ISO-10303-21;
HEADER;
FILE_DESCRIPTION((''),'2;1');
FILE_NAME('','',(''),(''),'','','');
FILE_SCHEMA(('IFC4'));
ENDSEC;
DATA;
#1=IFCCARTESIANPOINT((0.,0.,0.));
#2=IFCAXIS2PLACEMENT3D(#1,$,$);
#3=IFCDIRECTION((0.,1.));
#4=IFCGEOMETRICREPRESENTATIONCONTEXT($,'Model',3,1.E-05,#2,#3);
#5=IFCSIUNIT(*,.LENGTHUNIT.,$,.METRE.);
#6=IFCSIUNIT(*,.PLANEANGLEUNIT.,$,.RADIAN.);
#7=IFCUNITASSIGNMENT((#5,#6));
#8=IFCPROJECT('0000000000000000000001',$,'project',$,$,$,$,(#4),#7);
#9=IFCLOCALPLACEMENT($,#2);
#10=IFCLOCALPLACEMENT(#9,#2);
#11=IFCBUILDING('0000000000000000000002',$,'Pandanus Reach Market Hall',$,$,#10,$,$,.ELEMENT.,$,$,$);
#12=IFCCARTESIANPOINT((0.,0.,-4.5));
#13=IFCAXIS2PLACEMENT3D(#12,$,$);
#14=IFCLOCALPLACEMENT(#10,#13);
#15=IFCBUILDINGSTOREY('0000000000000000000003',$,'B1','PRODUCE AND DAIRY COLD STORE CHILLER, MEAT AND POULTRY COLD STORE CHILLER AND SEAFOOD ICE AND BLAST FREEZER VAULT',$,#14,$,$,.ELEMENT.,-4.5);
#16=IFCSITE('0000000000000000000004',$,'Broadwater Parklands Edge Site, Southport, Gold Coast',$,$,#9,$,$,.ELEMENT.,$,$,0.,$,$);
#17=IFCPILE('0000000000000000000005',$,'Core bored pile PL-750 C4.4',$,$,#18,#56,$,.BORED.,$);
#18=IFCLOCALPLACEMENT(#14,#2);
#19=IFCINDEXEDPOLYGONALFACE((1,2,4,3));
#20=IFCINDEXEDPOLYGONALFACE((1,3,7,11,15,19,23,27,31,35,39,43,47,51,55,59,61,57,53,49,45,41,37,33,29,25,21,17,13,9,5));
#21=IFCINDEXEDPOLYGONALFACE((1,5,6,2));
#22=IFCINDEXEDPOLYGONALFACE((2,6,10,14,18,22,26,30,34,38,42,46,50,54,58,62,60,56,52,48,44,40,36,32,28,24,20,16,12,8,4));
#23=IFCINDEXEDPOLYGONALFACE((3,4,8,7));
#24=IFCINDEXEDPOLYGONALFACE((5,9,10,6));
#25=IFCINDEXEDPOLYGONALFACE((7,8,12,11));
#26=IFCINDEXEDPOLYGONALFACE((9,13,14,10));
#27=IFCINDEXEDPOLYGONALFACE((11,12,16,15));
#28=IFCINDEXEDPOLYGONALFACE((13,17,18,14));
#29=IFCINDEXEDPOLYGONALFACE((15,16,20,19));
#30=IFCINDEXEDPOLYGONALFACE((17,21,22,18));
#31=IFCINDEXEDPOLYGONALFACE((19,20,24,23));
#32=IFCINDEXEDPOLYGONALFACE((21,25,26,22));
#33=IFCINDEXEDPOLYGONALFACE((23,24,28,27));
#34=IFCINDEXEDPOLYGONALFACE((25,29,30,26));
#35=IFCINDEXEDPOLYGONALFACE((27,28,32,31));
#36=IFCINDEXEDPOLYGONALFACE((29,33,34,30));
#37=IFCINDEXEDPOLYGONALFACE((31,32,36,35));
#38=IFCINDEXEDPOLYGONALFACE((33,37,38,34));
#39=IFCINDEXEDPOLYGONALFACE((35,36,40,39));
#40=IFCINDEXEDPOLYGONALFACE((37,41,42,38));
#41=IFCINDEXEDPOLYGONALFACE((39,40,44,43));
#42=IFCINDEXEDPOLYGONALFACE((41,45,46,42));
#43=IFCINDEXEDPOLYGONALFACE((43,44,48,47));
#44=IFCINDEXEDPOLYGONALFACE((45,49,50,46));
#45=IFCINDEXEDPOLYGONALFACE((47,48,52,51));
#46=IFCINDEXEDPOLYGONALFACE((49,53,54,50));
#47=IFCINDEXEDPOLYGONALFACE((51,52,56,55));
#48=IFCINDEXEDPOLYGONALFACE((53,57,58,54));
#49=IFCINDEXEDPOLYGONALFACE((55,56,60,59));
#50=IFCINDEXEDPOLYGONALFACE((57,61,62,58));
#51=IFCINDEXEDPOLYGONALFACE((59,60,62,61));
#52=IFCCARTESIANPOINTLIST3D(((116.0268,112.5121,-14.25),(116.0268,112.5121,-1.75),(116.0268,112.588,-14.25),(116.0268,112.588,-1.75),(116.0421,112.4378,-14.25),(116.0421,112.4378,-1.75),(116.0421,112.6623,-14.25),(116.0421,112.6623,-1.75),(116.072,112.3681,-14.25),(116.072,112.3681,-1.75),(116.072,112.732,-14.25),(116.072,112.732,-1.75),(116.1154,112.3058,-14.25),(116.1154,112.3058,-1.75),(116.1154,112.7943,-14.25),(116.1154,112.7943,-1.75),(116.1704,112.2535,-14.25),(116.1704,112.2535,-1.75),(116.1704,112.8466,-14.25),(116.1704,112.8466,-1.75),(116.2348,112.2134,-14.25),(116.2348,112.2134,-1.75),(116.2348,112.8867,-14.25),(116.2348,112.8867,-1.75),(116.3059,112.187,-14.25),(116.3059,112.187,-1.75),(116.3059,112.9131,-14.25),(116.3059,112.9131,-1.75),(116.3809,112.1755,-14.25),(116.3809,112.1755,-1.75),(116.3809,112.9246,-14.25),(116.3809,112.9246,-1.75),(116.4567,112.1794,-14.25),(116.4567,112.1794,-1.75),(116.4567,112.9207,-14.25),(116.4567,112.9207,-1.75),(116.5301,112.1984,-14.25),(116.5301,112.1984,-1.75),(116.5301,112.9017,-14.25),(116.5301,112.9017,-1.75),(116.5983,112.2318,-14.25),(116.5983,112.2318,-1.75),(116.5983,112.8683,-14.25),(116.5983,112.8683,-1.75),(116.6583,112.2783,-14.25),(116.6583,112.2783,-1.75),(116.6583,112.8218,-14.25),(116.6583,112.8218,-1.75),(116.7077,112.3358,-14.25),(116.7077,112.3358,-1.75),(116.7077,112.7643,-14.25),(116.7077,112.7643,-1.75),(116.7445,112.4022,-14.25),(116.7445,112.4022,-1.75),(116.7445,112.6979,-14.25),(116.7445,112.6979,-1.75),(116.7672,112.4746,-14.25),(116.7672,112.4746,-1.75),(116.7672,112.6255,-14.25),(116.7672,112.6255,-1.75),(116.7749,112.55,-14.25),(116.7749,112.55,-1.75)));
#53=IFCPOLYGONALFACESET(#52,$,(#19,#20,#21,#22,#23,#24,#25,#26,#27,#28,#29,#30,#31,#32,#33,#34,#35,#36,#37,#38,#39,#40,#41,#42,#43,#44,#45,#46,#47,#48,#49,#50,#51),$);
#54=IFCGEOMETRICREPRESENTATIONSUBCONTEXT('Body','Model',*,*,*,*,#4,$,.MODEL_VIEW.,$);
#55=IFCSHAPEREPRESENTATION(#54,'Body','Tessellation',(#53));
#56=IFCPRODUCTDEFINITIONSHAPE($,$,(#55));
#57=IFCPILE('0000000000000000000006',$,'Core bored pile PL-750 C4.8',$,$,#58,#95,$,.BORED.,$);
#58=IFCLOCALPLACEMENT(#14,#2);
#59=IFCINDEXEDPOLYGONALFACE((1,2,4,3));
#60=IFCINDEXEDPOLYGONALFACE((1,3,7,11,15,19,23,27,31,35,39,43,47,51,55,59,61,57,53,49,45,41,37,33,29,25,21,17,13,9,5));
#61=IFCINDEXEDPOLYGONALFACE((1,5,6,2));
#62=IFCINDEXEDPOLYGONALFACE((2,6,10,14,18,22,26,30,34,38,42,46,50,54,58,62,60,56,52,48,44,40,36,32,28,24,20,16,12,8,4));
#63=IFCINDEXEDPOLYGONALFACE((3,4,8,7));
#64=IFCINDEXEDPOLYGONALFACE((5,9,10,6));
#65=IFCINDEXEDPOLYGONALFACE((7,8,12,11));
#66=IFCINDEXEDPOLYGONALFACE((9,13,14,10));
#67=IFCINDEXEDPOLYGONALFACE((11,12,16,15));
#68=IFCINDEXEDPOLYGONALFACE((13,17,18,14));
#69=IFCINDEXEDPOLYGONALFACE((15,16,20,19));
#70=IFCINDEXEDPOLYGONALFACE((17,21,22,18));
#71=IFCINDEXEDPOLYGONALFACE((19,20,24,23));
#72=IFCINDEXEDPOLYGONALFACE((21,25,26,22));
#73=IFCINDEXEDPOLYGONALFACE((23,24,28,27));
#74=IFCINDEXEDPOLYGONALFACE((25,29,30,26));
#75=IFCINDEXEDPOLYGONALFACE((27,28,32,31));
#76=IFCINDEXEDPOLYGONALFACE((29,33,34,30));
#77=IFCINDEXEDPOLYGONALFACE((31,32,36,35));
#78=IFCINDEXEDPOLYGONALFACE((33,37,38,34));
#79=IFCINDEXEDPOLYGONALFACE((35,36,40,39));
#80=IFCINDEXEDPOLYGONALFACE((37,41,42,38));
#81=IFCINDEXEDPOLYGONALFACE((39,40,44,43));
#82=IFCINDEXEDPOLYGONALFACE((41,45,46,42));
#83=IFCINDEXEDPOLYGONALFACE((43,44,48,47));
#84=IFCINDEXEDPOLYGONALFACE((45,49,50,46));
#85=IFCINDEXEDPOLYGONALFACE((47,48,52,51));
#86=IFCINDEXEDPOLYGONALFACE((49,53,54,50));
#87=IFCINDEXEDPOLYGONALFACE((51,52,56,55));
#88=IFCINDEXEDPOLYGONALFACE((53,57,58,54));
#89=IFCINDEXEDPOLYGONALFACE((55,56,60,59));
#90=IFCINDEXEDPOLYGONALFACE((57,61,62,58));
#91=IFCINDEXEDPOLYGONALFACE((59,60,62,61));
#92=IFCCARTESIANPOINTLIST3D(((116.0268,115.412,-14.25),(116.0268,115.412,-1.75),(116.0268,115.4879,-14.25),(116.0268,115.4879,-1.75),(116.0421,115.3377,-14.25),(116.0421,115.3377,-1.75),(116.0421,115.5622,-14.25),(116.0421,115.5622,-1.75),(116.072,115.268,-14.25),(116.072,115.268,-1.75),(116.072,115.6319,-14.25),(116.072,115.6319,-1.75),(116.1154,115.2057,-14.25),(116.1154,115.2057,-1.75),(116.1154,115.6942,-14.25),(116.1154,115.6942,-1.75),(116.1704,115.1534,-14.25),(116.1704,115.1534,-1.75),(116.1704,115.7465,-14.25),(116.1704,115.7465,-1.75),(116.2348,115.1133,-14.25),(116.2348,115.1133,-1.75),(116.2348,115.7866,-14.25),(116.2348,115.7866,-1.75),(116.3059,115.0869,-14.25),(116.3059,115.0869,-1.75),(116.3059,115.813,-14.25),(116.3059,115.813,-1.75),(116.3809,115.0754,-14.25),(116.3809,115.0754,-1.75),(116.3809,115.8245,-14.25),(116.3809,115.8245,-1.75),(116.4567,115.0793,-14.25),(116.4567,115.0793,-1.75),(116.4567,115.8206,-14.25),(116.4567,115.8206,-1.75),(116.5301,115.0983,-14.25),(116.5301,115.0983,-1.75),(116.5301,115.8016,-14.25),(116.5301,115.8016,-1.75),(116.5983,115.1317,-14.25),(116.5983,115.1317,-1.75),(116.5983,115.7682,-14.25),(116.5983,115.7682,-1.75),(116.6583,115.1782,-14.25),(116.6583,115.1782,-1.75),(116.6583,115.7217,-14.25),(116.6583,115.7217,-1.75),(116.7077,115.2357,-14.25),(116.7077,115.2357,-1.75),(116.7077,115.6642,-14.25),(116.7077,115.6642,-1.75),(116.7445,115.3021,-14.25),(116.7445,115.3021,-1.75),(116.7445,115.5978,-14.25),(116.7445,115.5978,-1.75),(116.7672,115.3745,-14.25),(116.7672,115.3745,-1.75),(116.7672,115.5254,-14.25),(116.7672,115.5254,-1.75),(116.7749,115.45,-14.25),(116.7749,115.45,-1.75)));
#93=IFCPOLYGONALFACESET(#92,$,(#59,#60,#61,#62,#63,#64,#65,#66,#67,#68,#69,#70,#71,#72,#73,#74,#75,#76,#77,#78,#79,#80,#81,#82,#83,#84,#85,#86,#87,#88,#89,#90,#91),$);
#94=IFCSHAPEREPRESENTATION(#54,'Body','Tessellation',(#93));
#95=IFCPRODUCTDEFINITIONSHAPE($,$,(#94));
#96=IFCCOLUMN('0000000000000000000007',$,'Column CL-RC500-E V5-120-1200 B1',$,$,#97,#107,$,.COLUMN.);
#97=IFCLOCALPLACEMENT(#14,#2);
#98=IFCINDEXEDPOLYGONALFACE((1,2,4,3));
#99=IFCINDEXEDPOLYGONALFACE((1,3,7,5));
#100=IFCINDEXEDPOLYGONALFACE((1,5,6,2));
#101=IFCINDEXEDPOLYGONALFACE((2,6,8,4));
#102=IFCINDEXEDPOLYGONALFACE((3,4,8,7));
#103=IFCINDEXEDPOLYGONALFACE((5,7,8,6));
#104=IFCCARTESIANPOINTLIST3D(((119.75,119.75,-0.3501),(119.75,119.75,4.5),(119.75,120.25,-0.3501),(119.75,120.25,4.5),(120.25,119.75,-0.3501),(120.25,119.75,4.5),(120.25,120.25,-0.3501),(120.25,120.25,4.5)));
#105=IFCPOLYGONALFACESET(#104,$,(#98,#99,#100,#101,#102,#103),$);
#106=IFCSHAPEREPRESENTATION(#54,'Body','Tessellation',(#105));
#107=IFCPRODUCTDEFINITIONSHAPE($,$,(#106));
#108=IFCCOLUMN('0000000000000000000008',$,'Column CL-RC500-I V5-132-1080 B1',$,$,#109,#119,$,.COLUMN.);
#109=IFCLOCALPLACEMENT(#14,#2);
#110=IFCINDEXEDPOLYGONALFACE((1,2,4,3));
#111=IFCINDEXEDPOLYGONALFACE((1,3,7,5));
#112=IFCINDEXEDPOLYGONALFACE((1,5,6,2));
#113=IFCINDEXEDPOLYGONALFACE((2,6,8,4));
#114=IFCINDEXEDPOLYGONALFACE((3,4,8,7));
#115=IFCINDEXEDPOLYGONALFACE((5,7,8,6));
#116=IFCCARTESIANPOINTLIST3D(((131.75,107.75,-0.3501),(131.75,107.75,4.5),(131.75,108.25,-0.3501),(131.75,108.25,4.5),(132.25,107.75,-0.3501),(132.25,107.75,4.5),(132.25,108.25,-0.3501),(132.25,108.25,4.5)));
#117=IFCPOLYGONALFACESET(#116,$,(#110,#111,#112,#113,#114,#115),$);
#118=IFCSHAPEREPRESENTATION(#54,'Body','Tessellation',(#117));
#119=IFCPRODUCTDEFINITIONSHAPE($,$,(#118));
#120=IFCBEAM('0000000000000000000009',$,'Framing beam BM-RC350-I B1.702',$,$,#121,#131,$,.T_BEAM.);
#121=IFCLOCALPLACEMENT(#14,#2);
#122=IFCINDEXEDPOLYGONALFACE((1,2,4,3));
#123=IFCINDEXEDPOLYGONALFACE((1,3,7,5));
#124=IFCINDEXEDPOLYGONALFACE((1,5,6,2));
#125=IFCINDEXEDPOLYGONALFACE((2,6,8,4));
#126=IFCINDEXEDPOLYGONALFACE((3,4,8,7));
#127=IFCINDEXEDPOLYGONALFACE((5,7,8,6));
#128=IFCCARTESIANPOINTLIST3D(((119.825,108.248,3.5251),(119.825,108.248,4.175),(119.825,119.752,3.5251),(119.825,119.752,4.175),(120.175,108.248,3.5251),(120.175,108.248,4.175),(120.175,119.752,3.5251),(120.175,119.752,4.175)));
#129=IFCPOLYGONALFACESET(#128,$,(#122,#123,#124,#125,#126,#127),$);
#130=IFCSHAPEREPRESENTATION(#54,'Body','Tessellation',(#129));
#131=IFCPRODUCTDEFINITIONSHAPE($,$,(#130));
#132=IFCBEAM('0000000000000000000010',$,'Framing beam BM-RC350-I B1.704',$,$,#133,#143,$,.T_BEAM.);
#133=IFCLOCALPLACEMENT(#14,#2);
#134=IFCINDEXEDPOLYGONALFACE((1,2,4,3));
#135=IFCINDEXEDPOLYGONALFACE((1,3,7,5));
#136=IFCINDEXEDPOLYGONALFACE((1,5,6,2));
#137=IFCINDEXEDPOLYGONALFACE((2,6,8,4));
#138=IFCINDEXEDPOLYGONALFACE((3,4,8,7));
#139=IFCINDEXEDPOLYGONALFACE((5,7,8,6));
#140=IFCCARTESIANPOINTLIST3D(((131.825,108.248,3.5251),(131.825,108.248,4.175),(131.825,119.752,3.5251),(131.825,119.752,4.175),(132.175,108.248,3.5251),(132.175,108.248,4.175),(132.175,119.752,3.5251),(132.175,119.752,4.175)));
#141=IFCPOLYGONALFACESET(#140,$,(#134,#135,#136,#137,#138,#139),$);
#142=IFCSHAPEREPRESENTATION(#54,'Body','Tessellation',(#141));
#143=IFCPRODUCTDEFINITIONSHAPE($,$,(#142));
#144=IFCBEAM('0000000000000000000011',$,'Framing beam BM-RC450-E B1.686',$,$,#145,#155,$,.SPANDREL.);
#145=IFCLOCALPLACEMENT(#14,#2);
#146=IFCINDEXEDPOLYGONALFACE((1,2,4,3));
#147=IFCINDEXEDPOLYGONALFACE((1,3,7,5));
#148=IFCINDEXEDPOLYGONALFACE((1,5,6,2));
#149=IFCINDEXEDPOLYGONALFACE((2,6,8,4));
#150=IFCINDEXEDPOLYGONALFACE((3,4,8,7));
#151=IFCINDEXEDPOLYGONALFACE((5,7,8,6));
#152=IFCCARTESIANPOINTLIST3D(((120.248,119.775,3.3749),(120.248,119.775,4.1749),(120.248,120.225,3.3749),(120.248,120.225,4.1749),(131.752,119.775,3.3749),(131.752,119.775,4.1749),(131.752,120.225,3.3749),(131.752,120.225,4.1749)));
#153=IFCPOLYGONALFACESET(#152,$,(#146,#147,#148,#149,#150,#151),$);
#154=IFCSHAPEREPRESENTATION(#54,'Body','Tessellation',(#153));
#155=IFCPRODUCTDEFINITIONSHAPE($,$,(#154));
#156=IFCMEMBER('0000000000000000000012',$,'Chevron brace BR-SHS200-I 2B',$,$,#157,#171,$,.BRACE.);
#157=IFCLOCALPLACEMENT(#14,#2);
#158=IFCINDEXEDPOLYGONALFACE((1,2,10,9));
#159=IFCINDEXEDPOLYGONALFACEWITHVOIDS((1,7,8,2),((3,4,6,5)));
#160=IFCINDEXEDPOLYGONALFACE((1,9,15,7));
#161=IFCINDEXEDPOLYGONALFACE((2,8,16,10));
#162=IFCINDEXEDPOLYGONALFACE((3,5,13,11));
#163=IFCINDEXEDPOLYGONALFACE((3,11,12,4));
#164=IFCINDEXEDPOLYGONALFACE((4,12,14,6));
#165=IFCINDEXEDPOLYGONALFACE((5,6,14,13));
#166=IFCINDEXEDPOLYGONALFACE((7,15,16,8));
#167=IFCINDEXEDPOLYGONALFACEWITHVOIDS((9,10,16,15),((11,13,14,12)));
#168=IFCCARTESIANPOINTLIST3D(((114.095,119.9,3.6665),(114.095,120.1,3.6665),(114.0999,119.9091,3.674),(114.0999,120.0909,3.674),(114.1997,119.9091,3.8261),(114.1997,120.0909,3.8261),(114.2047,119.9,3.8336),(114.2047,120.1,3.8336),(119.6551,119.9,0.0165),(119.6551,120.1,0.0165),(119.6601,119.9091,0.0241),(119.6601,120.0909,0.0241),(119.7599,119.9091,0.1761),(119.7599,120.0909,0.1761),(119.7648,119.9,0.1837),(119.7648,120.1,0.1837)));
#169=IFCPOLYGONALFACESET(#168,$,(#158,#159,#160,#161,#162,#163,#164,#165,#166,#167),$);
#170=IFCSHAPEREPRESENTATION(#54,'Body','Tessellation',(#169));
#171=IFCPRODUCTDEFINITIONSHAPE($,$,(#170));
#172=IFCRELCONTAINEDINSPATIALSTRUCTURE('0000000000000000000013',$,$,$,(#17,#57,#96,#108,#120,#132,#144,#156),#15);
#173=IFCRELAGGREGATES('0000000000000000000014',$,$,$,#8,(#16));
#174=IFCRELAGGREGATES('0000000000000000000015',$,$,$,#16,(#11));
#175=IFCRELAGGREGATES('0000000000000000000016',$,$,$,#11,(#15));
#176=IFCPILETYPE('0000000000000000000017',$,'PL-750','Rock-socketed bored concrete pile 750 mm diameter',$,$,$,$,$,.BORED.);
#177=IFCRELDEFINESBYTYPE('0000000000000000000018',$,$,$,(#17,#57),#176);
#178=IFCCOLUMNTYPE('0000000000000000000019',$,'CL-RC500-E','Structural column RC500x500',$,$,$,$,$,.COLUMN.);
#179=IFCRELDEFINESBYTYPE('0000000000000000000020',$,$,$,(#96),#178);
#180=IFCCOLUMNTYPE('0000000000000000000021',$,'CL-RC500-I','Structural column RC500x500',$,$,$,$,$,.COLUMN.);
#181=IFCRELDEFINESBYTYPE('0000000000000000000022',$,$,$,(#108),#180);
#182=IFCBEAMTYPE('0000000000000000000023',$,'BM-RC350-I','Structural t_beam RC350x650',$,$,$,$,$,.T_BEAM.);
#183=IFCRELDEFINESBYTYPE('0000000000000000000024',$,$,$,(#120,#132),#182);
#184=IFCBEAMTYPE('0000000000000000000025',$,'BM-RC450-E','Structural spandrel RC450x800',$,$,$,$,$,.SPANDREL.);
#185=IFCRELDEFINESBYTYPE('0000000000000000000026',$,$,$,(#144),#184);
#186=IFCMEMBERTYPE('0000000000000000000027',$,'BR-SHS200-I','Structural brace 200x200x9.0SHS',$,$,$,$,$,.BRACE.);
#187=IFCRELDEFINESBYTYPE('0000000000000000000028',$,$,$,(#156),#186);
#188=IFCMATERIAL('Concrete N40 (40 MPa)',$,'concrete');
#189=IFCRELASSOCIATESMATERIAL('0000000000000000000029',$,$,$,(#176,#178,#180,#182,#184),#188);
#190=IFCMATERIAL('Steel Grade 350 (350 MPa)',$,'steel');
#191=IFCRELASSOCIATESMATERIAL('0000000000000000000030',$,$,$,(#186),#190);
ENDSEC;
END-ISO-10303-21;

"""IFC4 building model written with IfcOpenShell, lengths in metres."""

from ifc_helpers import new_model, si_unit, direction, frame, origin, origin_2d, place, context, subcontext, project, spatial, rectangle, hollow_rectangle, circle, extrude, material, material_profile, profile_set, type_object, element, save


model = new_model("IFC4")

# Units and contexts
model_context = context("Model", 3, precision=1e-05, world=origin(), true_north=direction((0.0, 1.0)))
body_context = subcontext(model_context, "Body", "Model", "MODEL_VIEW")
ifc_project = project(units=[si_unit("LENGTHUNIT", "METRE"), si_unit("PLANEANGLEUNIT", "RADIAN")], contexts=[model_context])

# Site, building, storey
site_placement = place(None, origin())
site = spatial("IfcSite", under=ifc_project, at=site_placement, Name="Broadwater Parklands Edge Site, Southport, Gold Coast", CompositionType="ELEMENT", RefElevation=0.0)
building_placement = place(site_placement, origin())
building = spatial("IfcBuilding", under=site, at=building_placement, Name="Pandanus Reach Market Hall", CompositionType="ELEMENT")
storey_placement = place(building_placement, frame((0.0, 0.0, -4.5)))
storey = spatial("IfcBuildingStorey", under=building, at=storey_placement, Name="B1", Description="PRODUCE AND DAIRY COLD STORE CHILLER, MEAT AND POULTRY COLD STORE CHILLER AND SEAFOOD ICE AND BLAST FREEZER VAULT", CompositionType="ELEMENT", Elevation=-4.5)

# Shared definitions
ifc_material_1 = material(Name="Concrete N40 (40 MPa)", Category="concrete")

# Piles
ifc_material_profile_1 = material_profile(ifc_material_1, circle(Radius=0.375, at=origin_2d()), Name="PILE-750D", Category="LoadBearing")
ifc_profile_set_1 = profile_set([ifc_material_profile_1], Name="Concrete N40 (40 MPa)")
pile_type = type_object("IfcPileType", Name="PL-750", Description="Rock-socketed bored concrete pile 750 mm diameter", PredefinedType="BORED", material=ifc_profile_set_1)
for number, where, z_axis, x_axis, name in (
    (1, (116.3999, 112.55, -1.75), (0.0, 0.0, -1.0), (1.0, 0.0, 0.0), "Core bored pile PL-750 C4.4"),
    (2, (116.3999, 115.45, -1.75), (0.0, 0.0, -1.0), (1.0, 0.0, 0.0), "Core bored pile PL-750 C4.8"),
):
    element("IfcPile", number, at=place(storey_placement, frame(where, z_axis=z_axis, x_axis=x_axis)), inside=storey, type_object=pile_type, Name=name, PredefinedType="BORED", context=body_context, shape_type="SweptSolid", body=[
        extrude(circle(Radius=0.375, at=origin_2d()), origin(), (0.0, 0.0, 1.0), 12.5),
    ])

# Columns
ifc_material_profile_2 = material_profile(ifc_material_1, rectangle(XDim=0.5, YDim=0.5, at=origin_2d()), Name="RC500x500", Category="LoadBearing")
ifc_profile_set_2 = profile_set([ifc_material_profile_2], Name="Concrete N40 (40 MPa)")
column_type_1 = type_object("IfcColumnType", Name="CL-RC500-E", Description="Structural column RC500x500", PredefinedType="COLUMN", material=ifc_profile_set_2)
column_1_placement = place(storey_placement, frame((120.0, 120.0, -0.3501), z_axis=(0.0, 0.0, 1.0), x_axis=(1.0, 0.0, 0.0)))
element("IfcColumn", 3, at=column_1_placement, inside=storey, type_object=column_type_1, Name="Column CL-RC500-E V5-120-1200 B1", PredefinedType="COLUMN", context=body_context, shape_type="SweptSolid", body=[
    extrude(rectangle(XDim=0.5, YDim=0.5, at=origin_2d()), origin(), (0.0, 0.0, 1.0), 4.8501),
])
ifc_material_profile_3 = material_profile(ifc_material_1, rectangle(XDim=0.5, YDim=0.5, at=origin_2d()), Name="RC500x500", Category="LoadBearing")
ifc_profile_set_3 = profile_set([ifc_material_profile_3], Name="Concrete N40 (40 MPa)")
column_type_2 = type_object("IfcColumnType", Name="CL-RC500-I", Description="Structural column RC500x500", PredefinedType="COLUMN", material=ifc_profile_set_3)
column_2_placement = place(storey_placement, frame((132.0, 108.0, -0.3501), z_axis=(0.0, 0.0, 1.0), x_axis=(1.0, 0.0, 0.0)))
element("IfcColumn", 4, at=column_2_placement, inside=storey, type_object=column_type_2, Name="Column CL-RC500-I V5-132-1080 B1", PredefinedType="COLUMN", context=body_context, shape_type="SweptSolid", body=[
    extrude(rectangle(XDim=0.5, YDim=0.5, at=origin_2d()), origin(), (0.0, 0.0, 1.0), 4.8501),
])

# Beams
ifc_material_profile_4 = material_profile(ifc_material_1, rectangle(XDim=0.3501, YDim=0.6499, at=origin_2d()), Name="RC350x650", Category="LoadBearing")
ifc_profile_set_4 = profile_set([ifc_material_profile_4], Name="Concrete N40 (40 MPa)")
beam_type_1 = type_object("IfcBeamType", Name="BM-RC350-I", Description="Structural t_beam RC350x650", PredefinedType="T_BEAM", material=ifc_profile_set_4)
for number, where, z_axis, x_axis, name in (
    (5, (120.0, 108.248, 3.8501), (0.0, 1.0, 0.0), (-1.0, 0.0, 0.0), "Framing beam BM-RC350-I B1.702"),
    (6, (132.0, 108.248, 3.8501), (0.0, 1.0, 0.0), (-1.0, 0.0, 0.0), "Framing beam BM-RC350-I B1.704"),
):
    element("IfcBeam", number, at=place(storey_placement, frame(where, z_axis=z_axis, x_axis=x_axis)), inside=storey, type_object=beam_type_1, Name=name, PredefinedType="T_BEAM", context=body_context, shape_type="SweptSolid", body=[
        extrude(rectangle(XDim=0.3501, YDim=0.6499, at=origin_2d()), origin(), (0.0, 0.0, 1.0), 11.5039),
    ])
ifc_material_profile_5 = material_profile(ifc_material_1, rectangle(XDim=0.45, YDim=0.8, at=origin_2d()), Name="RC450x800", Category="LoadBearing")
ifc_profile_set_5 = profile_set([ifc_material_profile_5], Name="Concrete N40 (40 MPa)")
beam_type_2 = type_object("IfcBeamType", Name="BM-RC450-E", Description="Structural spandrel RC450x800", PredefinedType="SPANDREL", material=ifc_profile_set_5)
beam_placement = place(storey_placement, frame((120.248, 120.0, 3.7749), z_axis=(1.0, 0.0, 0.0), x_axis=(0.0, 1.0, 0.0)))
element("IfcBeam", 7, at=beam_placement, inside=storey, type_object=beam_type_2, Name="Framing beam BM-RC450-E B1.686", PredefinedType="SPANDREL", context=body_context, shape_type="SweptSolid", body=[
    extrude(rectangle(XDim=0.45, YDim=0.8, at=origin_2d()), origin(), (0.0, 0.0, 1.0), 11.5039),
])

# Member
ifc_material_2 = material(Name="Steel Grade 350 (350 MPa)", Category="steel")
ifc_material_profile_6 = material_profile(ifc_material_2, hollow_rectangle(XDim=0.2, YDim=0.2, WallThickness=0.009, at=origin_2d()), Name="200x200x9.0SHS", Category="LoadBearing")
ifc_profile_set_6 = profile_set([ifc_material_profile_6], Name="Steel Grade 350 (350 MPa)")
member_type = type_object("IfcMemberType", Name="BR-SHS200-I", Description="Structural brace 200x200x9.0SHS", PredefinedType="BRACE", material=ifc_profile_set_6)
member_placement = place(storey_placement, frame((119.71, 120.0, 0.1001), z_axis=(-0.835971, 0.0, 0.548773), x_axis=(0.0, -1.0, 0.0)))
element("IfcMember", 8, at=member_placement, inside=storey, type_object=member_type, Name="Chevron brace BR-SHS200-I 2B", PredefinedType="BRACE", context=body_context, shape_type="SweptSolid", body=[
    extrude(hollow_rectangle(XDim=0.2, YDim=0.2, WallThickness=0.009, at=origin_2d()), origin(), (0.0, 0.0, 1.0), 6.6511),
])

save(model, "model.ifc")
